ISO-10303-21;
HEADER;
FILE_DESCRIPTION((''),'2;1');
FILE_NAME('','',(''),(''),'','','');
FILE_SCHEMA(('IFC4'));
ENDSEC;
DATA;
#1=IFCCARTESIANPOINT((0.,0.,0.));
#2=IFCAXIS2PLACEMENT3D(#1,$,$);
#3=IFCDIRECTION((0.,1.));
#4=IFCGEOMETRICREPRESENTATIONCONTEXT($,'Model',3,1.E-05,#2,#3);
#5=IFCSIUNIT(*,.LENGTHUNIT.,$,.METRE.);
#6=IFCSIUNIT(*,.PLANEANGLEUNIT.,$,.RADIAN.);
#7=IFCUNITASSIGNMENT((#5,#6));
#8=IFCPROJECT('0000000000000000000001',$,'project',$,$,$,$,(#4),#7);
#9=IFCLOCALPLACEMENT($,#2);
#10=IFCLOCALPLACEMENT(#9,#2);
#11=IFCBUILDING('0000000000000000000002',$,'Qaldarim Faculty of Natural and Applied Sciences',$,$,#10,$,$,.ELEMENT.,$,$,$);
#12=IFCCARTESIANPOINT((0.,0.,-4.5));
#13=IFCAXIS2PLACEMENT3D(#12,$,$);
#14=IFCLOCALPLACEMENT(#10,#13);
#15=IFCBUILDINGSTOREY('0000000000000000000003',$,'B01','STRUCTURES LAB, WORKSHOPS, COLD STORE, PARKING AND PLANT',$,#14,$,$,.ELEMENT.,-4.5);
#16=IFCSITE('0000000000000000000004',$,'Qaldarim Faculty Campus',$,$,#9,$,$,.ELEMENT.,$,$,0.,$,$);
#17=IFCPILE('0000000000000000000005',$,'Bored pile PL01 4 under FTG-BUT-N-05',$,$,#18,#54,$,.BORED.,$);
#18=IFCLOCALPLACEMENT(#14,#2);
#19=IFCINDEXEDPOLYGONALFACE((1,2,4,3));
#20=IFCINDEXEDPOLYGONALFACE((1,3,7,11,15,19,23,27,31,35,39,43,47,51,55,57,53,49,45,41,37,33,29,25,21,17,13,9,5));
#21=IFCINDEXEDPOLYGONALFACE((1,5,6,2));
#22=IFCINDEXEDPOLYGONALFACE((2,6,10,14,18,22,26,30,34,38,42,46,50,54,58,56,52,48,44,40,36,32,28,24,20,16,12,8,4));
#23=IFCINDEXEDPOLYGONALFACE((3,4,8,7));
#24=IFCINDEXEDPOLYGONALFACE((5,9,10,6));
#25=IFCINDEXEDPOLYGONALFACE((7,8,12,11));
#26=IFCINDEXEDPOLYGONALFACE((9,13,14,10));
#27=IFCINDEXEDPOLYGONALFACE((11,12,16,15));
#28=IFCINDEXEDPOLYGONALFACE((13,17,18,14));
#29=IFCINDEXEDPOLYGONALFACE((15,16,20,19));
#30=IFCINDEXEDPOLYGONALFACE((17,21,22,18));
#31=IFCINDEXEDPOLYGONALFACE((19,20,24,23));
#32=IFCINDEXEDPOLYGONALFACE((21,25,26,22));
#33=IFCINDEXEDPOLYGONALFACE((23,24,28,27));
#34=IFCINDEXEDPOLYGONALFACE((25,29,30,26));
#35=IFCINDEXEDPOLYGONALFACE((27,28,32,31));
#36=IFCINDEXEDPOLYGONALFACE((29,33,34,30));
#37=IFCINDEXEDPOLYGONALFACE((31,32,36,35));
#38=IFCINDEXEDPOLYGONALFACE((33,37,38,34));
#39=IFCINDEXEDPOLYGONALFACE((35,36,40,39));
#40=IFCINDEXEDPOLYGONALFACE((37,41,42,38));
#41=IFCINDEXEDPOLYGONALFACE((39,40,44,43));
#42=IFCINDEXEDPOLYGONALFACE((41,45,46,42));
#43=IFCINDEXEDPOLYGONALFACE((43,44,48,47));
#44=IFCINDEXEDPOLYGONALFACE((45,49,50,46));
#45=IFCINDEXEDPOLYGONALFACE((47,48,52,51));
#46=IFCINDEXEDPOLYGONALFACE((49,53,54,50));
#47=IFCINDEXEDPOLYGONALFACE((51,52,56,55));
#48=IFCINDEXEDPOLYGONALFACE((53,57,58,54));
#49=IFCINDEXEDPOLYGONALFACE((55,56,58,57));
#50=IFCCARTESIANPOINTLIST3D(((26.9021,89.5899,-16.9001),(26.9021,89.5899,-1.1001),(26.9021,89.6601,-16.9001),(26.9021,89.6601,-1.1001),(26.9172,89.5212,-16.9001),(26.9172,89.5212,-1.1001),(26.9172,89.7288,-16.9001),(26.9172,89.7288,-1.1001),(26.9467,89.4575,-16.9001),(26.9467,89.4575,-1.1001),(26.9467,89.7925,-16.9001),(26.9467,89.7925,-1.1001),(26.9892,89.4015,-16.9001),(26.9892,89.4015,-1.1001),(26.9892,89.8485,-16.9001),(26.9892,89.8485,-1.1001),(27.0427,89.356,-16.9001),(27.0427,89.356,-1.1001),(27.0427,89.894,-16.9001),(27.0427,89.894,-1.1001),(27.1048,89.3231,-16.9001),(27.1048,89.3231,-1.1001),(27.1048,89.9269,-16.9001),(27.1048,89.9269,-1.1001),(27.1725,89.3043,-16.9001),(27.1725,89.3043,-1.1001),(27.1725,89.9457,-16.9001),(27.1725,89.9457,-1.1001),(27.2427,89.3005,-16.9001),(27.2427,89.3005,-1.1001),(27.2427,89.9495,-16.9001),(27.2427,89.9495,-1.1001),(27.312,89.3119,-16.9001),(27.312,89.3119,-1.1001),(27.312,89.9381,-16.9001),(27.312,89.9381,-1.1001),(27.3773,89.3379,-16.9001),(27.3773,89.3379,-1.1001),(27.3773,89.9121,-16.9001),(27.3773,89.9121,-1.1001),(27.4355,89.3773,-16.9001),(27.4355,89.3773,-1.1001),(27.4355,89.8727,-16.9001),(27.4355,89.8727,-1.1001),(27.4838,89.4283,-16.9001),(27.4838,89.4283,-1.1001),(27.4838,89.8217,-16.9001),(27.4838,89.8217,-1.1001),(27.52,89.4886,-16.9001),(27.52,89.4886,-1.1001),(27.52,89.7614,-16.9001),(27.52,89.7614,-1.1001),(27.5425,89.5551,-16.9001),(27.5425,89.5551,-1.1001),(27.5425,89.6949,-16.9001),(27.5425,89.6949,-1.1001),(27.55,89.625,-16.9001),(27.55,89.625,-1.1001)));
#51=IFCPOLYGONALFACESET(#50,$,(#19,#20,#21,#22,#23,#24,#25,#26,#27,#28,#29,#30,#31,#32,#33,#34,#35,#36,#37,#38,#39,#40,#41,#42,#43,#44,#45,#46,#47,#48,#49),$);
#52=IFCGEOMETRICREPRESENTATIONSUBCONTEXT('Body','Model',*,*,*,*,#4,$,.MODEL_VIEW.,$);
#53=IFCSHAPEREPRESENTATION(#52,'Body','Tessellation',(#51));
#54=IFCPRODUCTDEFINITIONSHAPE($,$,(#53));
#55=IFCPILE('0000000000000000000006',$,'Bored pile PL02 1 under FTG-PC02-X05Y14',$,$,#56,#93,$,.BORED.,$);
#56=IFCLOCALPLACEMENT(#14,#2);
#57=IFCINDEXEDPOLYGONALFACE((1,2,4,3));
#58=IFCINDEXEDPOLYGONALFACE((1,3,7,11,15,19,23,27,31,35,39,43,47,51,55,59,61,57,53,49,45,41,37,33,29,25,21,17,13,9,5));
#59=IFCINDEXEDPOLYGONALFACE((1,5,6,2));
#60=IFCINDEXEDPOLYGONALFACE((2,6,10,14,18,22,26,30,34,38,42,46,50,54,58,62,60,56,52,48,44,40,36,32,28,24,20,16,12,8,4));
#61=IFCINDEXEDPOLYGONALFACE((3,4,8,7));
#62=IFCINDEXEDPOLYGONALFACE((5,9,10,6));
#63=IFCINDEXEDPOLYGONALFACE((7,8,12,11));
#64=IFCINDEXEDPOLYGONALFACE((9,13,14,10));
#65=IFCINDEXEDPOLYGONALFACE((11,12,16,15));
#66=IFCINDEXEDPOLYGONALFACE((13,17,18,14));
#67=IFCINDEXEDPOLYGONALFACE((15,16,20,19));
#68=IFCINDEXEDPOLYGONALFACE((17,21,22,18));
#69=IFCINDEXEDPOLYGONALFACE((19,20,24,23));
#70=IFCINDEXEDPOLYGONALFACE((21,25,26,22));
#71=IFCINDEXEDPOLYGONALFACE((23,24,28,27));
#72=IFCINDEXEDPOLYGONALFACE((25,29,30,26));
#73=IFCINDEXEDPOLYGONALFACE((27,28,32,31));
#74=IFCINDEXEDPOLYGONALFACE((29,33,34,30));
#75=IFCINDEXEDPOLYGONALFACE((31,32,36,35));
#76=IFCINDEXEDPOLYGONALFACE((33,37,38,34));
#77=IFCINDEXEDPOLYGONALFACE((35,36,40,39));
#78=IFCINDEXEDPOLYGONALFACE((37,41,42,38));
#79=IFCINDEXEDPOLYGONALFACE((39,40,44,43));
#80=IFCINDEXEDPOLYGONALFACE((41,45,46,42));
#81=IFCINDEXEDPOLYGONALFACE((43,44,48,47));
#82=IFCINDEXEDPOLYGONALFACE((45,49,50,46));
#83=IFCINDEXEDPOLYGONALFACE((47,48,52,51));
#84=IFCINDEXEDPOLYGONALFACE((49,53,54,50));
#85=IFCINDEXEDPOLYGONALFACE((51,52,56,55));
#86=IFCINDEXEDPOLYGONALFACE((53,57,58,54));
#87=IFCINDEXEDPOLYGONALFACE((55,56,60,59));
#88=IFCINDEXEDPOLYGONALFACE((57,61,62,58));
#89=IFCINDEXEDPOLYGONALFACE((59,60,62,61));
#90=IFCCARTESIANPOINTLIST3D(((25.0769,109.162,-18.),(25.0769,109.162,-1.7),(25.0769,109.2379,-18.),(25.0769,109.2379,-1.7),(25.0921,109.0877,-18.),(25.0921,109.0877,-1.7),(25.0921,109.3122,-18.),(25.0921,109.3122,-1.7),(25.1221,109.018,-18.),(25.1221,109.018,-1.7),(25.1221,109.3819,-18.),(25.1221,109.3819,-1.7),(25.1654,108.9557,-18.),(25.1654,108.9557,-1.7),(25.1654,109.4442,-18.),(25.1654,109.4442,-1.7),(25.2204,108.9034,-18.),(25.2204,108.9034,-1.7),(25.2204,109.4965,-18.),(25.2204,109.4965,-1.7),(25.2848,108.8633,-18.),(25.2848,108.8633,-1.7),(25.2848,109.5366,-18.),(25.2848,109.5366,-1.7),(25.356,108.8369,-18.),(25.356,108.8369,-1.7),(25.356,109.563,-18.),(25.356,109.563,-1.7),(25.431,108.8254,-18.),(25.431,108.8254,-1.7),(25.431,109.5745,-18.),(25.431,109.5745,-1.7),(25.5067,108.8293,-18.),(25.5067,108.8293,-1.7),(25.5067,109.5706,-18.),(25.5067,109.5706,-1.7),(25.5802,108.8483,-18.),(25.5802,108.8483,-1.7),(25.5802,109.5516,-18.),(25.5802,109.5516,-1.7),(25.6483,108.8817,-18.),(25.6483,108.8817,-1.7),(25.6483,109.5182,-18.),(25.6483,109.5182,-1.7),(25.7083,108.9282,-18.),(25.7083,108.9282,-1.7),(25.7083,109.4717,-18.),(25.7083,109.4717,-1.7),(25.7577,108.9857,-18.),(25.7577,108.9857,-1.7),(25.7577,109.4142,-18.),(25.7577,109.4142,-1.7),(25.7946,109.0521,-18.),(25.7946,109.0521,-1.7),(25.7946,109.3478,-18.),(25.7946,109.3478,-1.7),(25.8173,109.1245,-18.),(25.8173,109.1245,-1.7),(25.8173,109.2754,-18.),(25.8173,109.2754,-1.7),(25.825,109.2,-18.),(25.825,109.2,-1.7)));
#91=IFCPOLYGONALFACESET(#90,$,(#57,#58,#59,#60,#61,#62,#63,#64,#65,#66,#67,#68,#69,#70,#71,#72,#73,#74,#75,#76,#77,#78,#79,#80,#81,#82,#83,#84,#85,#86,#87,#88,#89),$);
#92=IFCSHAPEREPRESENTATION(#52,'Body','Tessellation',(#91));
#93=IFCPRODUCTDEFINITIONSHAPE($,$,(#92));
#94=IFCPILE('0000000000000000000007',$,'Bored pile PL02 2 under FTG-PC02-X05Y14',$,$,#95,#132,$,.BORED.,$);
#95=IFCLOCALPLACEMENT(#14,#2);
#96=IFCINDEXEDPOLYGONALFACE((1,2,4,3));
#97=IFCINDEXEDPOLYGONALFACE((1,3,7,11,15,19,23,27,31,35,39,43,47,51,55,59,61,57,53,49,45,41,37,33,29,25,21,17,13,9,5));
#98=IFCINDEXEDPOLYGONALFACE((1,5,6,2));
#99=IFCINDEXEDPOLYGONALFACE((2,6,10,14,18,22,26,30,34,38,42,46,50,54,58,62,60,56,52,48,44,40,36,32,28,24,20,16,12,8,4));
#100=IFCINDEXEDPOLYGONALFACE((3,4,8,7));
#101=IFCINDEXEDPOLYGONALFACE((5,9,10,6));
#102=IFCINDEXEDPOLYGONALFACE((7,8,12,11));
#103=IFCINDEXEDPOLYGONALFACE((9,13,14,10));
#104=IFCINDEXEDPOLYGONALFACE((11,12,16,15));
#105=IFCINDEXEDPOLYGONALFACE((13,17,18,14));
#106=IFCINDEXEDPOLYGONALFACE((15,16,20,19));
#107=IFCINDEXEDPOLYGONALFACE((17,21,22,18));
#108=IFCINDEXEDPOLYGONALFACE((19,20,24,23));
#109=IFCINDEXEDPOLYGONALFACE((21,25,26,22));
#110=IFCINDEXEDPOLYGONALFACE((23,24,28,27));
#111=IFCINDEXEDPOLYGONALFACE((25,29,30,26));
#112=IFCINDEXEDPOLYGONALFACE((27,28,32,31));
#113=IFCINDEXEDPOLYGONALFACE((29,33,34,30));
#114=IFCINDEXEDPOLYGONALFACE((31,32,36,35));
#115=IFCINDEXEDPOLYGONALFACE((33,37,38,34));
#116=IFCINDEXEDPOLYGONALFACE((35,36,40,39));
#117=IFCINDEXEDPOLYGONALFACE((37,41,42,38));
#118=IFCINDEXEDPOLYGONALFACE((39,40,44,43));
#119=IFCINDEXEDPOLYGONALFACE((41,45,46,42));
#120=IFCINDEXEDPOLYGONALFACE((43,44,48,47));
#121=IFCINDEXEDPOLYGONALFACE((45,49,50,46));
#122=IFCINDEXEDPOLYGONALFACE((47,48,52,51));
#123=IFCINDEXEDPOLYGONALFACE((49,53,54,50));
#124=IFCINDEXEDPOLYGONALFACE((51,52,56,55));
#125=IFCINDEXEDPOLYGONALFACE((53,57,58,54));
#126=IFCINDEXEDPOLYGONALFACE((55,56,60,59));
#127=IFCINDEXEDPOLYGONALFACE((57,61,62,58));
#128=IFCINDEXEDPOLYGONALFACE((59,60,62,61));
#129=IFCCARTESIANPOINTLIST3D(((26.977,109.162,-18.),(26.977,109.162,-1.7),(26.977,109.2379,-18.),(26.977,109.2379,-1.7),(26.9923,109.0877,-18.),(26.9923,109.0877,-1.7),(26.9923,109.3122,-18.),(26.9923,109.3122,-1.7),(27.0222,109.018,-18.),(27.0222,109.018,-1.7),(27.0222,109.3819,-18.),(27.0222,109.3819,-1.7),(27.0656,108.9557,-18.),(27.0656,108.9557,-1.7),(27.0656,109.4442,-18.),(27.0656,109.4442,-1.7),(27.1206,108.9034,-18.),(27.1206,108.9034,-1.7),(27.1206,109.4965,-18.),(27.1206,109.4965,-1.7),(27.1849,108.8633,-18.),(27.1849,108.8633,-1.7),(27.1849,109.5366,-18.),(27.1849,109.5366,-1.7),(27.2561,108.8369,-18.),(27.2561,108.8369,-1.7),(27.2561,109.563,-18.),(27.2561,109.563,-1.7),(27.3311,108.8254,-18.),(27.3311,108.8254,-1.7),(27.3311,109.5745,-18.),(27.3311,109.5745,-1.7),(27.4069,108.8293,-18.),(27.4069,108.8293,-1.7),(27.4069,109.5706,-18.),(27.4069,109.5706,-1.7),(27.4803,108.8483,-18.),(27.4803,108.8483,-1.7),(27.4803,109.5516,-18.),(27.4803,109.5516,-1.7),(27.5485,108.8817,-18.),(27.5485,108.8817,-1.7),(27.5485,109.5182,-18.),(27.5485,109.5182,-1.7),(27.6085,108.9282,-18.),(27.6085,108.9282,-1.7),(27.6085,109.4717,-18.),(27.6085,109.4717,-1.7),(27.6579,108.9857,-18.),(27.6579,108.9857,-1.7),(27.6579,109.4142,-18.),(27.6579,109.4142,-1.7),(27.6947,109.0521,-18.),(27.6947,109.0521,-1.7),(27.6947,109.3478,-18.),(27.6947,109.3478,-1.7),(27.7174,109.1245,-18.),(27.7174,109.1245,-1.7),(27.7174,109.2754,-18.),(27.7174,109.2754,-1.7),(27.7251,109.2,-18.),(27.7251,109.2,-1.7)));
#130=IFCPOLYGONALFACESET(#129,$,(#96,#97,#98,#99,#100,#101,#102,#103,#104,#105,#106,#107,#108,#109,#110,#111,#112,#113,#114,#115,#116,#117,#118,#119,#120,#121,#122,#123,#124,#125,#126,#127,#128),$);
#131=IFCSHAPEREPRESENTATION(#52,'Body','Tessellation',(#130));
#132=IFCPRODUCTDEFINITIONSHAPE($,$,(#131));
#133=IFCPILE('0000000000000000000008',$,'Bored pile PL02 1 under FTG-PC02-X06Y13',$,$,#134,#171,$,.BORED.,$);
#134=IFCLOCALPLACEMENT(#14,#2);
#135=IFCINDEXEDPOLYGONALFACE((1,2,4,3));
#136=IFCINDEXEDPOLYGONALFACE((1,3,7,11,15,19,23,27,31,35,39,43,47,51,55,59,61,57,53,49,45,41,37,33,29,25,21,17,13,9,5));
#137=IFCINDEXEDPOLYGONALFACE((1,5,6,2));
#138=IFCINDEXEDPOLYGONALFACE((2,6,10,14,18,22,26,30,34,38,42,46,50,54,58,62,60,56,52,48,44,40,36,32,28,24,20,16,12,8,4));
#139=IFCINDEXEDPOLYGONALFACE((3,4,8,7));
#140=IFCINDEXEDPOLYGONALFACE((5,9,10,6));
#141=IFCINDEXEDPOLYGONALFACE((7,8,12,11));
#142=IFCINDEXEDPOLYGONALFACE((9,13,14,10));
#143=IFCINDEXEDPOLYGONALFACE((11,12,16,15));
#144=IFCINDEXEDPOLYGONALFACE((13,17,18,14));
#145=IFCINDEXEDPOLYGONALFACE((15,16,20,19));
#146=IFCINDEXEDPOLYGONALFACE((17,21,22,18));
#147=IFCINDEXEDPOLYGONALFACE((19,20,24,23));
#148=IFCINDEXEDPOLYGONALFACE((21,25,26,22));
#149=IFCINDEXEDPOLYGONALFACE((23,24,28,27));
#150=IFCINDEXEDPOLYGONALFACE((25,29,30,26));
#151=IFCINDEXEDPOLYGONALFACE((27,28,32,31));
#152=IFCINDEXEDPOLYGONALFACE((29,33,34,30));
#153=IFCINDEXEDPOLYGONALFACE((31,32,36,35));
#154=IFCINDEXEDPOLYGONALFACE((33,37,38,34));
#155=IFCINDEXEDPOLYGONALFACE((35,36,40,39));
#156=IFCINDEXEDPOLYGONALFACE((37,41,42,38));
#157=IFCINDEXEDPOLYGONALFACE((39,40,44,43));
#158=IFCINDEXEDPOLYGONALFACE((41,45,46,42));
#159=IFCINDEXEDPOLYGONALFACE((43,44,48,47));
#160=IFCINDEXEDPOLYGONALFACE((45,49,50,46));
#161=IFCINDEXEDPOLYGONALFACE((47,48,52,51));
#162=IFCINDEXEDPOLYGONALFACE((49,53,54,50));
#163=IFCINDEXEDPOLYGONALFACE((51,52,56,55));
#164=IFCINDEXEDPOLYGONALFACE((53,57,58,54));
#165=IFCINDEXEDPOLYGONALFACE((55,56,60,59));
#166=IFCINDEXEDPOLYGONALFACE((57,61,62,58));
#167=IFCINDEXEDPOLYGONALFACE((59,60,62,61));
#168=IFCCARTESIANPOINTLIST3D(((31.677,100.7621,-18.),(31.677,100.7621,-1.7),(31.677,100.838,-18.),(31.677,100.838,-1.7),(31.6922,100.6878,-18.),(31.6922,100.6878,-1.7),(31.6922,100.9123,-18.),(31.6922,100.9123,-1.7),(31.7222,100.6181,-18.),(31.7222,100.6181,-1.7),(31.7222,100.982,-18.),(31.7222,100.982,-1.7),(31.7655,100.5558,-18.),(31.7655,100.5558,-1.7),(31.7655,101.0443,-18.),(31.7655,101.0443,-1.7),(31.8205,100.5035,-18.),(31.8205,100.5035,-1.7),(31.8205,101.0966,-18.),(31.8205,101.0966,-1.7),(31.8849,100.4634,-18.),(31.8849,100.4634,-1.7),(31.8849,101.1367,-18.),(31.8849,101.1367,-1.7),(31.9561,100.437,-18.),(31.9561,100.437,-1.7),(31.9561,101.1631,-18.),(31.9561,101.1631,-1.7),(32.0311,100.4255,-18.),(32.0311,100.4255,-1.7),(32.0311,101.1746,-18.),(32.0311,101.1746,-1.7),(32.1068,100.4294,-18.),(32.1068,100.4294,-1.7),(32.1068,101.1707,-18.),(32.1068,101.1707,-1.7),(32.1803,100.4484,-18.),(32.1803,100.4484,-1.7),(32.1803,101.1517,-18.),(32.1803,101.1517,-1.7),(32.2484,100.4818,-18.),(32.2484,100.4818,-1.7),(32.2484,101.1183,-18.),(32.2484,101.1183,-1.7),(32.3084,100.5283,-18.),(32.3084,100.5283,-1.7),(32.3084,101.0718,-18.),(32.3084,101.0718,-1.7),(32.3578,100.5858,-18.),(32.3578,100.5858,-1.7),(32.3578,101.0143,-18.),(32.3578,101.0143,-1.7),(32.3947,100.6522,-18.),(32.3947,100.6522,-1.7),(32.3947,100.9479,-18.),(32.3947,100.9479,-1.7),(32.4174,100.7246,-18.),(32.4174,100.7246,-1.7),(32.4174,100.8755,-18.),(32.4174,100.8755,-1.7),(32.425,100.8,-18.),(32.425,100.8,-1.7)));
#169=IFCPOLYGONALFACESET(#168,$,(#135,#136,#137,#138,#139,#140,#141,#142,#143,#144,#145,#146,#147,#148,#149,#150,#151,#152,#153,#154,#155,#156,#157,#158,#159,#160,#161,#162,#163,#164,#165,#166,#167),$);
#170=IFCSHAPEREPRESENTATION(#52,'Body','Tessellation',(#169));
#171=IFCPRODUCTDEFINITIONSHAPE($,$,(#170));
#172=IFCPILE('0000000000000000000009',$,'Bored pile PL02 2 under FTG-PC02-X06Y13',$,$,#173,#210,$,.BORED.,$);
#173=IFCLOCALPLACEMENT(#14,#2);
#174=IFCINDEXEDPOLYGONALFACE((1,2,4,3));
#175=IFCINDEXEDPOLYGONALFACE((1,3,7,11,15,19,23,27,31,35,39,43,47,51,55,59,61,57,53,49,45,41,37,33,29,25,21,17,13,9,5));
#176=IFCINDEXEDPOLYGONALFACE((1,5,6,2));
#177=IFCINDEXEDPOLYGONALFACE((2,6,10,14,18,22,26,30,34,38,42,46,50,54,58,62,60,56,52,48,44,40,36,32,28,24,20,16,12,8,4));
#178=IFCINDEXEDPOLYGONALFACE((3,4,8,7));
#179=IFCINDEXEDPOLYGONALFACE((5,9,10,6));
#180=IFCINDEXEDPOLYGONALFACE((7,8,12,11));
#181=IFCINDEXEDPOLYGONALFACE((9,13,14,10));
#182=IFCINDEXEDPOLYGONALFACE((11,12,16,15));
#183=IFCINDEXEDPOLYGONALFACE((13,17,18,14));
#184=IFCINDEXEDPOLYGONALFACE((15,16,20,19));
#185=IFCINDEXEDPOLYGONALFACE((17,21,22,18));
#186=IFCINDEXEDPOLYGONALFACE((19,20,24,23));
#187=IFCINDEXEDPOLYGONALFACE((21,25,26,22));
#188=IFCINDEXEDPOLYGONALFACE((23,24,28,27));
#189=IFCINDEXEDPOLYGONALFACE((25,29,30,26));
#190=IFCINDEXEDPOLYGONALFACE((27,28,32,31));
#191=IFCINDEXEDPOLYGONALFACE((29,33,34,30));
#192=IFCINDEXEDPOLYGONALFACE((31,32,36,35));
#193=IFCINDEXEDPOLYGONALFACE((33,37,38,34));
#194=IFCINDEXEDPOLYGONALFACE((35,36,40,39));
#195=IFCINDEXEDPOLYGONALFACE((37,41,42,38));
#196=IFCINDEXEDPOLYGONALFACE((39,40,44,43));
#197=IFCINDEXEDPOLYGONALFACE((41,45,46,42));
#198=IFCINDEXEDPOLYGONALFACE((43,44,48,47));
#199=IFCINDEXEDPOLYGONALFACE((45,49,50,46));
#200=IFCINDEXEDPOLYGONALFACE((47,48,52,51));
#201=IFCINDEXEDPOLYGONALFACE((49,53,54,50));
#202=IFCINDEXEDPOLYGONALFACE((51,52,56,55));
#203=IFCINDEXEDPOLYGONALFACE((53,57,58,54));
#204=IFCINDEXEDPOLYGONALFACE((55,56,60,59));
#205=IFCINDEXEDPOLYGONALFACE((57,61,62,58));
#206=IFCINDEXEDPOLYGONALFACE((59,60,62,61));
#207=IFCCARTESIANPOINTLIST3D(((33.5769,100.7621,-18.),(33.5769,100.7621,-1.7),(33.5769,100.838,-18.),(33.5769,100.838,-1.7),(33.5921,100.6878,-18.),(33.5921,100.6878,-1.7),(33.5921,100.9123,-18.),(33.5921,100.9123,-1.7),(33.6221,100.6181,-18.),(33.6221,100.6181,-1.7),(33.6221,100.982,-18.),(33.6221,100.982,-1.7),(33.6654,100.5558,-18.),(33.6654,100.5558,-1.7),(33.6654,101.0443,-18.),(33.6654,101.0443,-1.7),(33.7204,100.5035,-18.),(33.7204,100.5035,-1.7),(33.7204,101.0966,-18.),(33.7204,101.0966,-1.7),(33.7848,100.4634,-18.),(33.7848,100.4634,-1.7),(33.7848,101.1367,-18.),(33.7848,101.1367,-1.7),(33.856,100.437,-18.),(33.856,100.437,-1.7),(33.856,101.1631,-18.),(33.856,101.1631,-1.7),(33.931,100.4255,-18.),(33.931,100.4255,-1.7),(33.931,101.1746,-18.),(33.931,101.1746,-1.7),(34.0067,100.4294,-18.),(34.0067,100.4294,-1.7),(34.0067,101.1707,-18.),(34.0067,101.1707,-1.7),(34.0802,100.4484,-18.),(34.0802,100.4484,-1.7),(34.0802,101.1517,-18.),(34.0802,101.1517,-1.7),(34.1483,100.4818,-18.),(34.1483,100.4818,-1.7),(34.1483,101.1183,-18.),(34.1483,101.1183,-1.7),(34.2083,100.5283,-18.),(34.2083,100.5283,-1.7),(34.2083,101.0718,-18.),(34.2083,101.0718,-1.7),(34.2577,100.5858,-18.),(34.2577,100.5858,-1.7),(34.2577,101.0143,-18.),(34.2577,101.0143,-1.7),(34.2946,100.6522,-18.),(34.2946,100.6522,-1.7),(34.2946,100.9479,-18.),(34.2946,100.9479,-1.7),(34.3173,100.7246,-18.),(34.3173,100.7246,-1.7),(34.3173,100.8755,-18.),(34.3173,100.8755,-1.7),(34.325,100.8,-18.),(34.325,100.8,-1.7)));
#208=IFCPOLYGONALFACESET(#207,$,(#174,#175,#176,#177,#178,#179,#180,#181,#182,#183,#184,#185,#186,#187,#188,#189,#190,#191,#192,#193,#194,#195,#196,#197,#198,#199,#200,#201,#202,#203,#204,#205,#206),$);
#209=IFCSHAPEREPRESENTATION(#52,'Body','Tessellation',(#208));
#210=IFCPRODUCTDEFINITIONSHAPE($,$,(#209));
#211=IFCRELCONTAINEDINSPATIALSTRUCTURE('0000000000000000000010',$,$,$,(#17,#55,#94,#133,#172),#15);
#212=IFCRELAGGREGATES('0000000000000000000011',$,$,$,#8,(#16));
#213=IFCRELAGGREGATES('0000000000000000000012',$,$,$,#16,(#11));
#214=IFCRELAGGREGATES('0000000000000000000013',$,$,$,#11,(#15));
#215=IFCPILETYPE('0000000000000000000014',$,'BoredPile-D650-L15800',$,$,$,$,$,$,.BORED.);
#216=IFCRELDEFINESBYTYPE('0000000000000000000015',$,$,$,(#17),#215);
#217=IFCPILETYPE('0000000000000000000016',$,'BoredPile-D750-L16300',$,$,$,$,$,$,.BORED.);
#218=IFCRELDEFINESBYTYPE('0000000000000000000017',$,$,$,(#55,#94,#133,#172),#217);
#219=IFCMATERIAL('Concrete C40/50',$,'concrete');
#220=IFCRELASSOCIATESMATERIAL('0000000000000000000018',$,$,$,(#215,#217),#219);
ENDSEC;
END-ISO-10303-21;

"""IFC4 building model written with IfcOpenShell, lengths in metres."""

from ifc_helpers import new_model, si_unit, direction, frame, origin, origin_2d, place, context, subcontext, project, spatial, circle, extrude, material, material_profile, profile_set, type_object, element, save


model = new_model("IFC4")

# Units and contexts
model_context = context("Model", 3, precision=1e-05, world=origin(), true_north=direction((0.0, 1.0)))
body_context = subcontext(model_context, "Body", "Model", "MODEL_VIEW")
ifc_project = project(units=[si_unit("LENGTHUNIT", "METRE"), si_unit("PLANEANGLEUNIT", "RADIAN")], contexts=[model_context])

# Site, building, storey
site_placement = place(None, origin())
site = spatial("IfcSite", under=ifc_project, at=site_placement, Name="Qaldarim Faculty Campus", CompositionType="ELEMENT", RefElevation=0.0)
building_placement = place(site_placement, origin())
building = spatial("IfcBuilding", under=site, at=building_placement, Name="Qaldarim Faculty of Natural and Applied Sciences", CompositionType="ELEMENT")
storey_placement = place(building_placement, frame((0.0, 0.0, -4.5)))
storey = spatial("IfcBuildingStorey", under=building, at=storey_placement, Name="B01", Description="STRUCTURES LAB, WORKSHOPS, COLD STORE, PARKING AND PLANT", CompositionType="ELEMENT", Elevation=-4.5)

# Piles
ifc_material_1 = material(Name="Concrete C40/50", Category="concrete")
ifc_material_profile_1 = material_profile(ifc_material_1, circle(Radius=0.325, at=origin_2d()), Name="PILE-D650")
ifc_profile_set_1 = profile_set([ifc_material_profile_1], Name="Concrete C40/50")
pile_type_1 = type_object("IfcPileType", Name="BoredPile-D650-L15800", PredefinedType="BORED", material=ifc_profile_set_1)
for number, where, z_axis, x_axis, name in (
    (1, (27.2251, 89.625, -1.1001), (0.0, 0.0, -1.0), (1.0, 0.0, 0.0), "Bored pile PL01 4 under FTG-BUT-N-05"),
):
    element("IfcPile", number, at=place(storey_placement, frame(where, z_axis=z_axis, x_axis=x_axis)), inside=storey, type_object=pile_type_1, Name=name, PredefinedType="BORED", context=body_context, shape_type="SweptSolid", body=[
        extrude(circle(Radius=0.325, at=origin_2d()), origin(), (0.0, 0.0, 1.0), 15.8),
    ])
ifc_material_profile_2 = material_profile(ifc_material_1, circle(Radius=0.375, at=origin_2d()), Name="PILE-D750")
ifc_profile_set_2 = profile_set([ifc_material_profile_2], Name="Concrete C40/50")
pile_type_2 = type_object("IfcPileType", Name="BoredPile-D750-L16300", PredefinedType="BORED", material=ifc_profile_set_2)
for number, where, z_axis, x_axis, name in (
    (2, (25.45, 109.2, -1.7), (0.0, 0.0, -1.0), (1.0, 0.0, 0.0), "Bored pile PL02 1 under FTG-PC02-X05Y14"),
    (3, (27.3501, 109.2, -1.7), (0.0, 0.0, -1.0), (1.0, 0.0, 0.0), "Bored pile PL02 2 under FTG-PC02-X05Y14"),
    (4, (32.05, 100.8, -1.7), (0.0, 0.0, -1.0), (1.0, 0.0, 0.0), "Bored pile PL02 1 under FTG-PC02-X06Y13"),
    (5, (33.95, 100.8, -1.7), (0.0, 0.0, -1.0), (1.0, 0.0, 0.0), "Bored pile PL02 2 under FTG-PC02-X06Y13"),
):
    element("IfcPile", number, at=place(storey_placement, frame(where, z_axis=z_axis, x_axis=x_axis)), inside=storey, type_object=pile_type_2, Name=name, PredefinedType="BORED", context=body_context, shape_type="SweptSolid", body=[
        extrude(circle(Radius=0.375, at=origin_2d()), origin(), (0.0, 0.0, 1.0), 16.3),
    ])

save(model, "model.ifc")
